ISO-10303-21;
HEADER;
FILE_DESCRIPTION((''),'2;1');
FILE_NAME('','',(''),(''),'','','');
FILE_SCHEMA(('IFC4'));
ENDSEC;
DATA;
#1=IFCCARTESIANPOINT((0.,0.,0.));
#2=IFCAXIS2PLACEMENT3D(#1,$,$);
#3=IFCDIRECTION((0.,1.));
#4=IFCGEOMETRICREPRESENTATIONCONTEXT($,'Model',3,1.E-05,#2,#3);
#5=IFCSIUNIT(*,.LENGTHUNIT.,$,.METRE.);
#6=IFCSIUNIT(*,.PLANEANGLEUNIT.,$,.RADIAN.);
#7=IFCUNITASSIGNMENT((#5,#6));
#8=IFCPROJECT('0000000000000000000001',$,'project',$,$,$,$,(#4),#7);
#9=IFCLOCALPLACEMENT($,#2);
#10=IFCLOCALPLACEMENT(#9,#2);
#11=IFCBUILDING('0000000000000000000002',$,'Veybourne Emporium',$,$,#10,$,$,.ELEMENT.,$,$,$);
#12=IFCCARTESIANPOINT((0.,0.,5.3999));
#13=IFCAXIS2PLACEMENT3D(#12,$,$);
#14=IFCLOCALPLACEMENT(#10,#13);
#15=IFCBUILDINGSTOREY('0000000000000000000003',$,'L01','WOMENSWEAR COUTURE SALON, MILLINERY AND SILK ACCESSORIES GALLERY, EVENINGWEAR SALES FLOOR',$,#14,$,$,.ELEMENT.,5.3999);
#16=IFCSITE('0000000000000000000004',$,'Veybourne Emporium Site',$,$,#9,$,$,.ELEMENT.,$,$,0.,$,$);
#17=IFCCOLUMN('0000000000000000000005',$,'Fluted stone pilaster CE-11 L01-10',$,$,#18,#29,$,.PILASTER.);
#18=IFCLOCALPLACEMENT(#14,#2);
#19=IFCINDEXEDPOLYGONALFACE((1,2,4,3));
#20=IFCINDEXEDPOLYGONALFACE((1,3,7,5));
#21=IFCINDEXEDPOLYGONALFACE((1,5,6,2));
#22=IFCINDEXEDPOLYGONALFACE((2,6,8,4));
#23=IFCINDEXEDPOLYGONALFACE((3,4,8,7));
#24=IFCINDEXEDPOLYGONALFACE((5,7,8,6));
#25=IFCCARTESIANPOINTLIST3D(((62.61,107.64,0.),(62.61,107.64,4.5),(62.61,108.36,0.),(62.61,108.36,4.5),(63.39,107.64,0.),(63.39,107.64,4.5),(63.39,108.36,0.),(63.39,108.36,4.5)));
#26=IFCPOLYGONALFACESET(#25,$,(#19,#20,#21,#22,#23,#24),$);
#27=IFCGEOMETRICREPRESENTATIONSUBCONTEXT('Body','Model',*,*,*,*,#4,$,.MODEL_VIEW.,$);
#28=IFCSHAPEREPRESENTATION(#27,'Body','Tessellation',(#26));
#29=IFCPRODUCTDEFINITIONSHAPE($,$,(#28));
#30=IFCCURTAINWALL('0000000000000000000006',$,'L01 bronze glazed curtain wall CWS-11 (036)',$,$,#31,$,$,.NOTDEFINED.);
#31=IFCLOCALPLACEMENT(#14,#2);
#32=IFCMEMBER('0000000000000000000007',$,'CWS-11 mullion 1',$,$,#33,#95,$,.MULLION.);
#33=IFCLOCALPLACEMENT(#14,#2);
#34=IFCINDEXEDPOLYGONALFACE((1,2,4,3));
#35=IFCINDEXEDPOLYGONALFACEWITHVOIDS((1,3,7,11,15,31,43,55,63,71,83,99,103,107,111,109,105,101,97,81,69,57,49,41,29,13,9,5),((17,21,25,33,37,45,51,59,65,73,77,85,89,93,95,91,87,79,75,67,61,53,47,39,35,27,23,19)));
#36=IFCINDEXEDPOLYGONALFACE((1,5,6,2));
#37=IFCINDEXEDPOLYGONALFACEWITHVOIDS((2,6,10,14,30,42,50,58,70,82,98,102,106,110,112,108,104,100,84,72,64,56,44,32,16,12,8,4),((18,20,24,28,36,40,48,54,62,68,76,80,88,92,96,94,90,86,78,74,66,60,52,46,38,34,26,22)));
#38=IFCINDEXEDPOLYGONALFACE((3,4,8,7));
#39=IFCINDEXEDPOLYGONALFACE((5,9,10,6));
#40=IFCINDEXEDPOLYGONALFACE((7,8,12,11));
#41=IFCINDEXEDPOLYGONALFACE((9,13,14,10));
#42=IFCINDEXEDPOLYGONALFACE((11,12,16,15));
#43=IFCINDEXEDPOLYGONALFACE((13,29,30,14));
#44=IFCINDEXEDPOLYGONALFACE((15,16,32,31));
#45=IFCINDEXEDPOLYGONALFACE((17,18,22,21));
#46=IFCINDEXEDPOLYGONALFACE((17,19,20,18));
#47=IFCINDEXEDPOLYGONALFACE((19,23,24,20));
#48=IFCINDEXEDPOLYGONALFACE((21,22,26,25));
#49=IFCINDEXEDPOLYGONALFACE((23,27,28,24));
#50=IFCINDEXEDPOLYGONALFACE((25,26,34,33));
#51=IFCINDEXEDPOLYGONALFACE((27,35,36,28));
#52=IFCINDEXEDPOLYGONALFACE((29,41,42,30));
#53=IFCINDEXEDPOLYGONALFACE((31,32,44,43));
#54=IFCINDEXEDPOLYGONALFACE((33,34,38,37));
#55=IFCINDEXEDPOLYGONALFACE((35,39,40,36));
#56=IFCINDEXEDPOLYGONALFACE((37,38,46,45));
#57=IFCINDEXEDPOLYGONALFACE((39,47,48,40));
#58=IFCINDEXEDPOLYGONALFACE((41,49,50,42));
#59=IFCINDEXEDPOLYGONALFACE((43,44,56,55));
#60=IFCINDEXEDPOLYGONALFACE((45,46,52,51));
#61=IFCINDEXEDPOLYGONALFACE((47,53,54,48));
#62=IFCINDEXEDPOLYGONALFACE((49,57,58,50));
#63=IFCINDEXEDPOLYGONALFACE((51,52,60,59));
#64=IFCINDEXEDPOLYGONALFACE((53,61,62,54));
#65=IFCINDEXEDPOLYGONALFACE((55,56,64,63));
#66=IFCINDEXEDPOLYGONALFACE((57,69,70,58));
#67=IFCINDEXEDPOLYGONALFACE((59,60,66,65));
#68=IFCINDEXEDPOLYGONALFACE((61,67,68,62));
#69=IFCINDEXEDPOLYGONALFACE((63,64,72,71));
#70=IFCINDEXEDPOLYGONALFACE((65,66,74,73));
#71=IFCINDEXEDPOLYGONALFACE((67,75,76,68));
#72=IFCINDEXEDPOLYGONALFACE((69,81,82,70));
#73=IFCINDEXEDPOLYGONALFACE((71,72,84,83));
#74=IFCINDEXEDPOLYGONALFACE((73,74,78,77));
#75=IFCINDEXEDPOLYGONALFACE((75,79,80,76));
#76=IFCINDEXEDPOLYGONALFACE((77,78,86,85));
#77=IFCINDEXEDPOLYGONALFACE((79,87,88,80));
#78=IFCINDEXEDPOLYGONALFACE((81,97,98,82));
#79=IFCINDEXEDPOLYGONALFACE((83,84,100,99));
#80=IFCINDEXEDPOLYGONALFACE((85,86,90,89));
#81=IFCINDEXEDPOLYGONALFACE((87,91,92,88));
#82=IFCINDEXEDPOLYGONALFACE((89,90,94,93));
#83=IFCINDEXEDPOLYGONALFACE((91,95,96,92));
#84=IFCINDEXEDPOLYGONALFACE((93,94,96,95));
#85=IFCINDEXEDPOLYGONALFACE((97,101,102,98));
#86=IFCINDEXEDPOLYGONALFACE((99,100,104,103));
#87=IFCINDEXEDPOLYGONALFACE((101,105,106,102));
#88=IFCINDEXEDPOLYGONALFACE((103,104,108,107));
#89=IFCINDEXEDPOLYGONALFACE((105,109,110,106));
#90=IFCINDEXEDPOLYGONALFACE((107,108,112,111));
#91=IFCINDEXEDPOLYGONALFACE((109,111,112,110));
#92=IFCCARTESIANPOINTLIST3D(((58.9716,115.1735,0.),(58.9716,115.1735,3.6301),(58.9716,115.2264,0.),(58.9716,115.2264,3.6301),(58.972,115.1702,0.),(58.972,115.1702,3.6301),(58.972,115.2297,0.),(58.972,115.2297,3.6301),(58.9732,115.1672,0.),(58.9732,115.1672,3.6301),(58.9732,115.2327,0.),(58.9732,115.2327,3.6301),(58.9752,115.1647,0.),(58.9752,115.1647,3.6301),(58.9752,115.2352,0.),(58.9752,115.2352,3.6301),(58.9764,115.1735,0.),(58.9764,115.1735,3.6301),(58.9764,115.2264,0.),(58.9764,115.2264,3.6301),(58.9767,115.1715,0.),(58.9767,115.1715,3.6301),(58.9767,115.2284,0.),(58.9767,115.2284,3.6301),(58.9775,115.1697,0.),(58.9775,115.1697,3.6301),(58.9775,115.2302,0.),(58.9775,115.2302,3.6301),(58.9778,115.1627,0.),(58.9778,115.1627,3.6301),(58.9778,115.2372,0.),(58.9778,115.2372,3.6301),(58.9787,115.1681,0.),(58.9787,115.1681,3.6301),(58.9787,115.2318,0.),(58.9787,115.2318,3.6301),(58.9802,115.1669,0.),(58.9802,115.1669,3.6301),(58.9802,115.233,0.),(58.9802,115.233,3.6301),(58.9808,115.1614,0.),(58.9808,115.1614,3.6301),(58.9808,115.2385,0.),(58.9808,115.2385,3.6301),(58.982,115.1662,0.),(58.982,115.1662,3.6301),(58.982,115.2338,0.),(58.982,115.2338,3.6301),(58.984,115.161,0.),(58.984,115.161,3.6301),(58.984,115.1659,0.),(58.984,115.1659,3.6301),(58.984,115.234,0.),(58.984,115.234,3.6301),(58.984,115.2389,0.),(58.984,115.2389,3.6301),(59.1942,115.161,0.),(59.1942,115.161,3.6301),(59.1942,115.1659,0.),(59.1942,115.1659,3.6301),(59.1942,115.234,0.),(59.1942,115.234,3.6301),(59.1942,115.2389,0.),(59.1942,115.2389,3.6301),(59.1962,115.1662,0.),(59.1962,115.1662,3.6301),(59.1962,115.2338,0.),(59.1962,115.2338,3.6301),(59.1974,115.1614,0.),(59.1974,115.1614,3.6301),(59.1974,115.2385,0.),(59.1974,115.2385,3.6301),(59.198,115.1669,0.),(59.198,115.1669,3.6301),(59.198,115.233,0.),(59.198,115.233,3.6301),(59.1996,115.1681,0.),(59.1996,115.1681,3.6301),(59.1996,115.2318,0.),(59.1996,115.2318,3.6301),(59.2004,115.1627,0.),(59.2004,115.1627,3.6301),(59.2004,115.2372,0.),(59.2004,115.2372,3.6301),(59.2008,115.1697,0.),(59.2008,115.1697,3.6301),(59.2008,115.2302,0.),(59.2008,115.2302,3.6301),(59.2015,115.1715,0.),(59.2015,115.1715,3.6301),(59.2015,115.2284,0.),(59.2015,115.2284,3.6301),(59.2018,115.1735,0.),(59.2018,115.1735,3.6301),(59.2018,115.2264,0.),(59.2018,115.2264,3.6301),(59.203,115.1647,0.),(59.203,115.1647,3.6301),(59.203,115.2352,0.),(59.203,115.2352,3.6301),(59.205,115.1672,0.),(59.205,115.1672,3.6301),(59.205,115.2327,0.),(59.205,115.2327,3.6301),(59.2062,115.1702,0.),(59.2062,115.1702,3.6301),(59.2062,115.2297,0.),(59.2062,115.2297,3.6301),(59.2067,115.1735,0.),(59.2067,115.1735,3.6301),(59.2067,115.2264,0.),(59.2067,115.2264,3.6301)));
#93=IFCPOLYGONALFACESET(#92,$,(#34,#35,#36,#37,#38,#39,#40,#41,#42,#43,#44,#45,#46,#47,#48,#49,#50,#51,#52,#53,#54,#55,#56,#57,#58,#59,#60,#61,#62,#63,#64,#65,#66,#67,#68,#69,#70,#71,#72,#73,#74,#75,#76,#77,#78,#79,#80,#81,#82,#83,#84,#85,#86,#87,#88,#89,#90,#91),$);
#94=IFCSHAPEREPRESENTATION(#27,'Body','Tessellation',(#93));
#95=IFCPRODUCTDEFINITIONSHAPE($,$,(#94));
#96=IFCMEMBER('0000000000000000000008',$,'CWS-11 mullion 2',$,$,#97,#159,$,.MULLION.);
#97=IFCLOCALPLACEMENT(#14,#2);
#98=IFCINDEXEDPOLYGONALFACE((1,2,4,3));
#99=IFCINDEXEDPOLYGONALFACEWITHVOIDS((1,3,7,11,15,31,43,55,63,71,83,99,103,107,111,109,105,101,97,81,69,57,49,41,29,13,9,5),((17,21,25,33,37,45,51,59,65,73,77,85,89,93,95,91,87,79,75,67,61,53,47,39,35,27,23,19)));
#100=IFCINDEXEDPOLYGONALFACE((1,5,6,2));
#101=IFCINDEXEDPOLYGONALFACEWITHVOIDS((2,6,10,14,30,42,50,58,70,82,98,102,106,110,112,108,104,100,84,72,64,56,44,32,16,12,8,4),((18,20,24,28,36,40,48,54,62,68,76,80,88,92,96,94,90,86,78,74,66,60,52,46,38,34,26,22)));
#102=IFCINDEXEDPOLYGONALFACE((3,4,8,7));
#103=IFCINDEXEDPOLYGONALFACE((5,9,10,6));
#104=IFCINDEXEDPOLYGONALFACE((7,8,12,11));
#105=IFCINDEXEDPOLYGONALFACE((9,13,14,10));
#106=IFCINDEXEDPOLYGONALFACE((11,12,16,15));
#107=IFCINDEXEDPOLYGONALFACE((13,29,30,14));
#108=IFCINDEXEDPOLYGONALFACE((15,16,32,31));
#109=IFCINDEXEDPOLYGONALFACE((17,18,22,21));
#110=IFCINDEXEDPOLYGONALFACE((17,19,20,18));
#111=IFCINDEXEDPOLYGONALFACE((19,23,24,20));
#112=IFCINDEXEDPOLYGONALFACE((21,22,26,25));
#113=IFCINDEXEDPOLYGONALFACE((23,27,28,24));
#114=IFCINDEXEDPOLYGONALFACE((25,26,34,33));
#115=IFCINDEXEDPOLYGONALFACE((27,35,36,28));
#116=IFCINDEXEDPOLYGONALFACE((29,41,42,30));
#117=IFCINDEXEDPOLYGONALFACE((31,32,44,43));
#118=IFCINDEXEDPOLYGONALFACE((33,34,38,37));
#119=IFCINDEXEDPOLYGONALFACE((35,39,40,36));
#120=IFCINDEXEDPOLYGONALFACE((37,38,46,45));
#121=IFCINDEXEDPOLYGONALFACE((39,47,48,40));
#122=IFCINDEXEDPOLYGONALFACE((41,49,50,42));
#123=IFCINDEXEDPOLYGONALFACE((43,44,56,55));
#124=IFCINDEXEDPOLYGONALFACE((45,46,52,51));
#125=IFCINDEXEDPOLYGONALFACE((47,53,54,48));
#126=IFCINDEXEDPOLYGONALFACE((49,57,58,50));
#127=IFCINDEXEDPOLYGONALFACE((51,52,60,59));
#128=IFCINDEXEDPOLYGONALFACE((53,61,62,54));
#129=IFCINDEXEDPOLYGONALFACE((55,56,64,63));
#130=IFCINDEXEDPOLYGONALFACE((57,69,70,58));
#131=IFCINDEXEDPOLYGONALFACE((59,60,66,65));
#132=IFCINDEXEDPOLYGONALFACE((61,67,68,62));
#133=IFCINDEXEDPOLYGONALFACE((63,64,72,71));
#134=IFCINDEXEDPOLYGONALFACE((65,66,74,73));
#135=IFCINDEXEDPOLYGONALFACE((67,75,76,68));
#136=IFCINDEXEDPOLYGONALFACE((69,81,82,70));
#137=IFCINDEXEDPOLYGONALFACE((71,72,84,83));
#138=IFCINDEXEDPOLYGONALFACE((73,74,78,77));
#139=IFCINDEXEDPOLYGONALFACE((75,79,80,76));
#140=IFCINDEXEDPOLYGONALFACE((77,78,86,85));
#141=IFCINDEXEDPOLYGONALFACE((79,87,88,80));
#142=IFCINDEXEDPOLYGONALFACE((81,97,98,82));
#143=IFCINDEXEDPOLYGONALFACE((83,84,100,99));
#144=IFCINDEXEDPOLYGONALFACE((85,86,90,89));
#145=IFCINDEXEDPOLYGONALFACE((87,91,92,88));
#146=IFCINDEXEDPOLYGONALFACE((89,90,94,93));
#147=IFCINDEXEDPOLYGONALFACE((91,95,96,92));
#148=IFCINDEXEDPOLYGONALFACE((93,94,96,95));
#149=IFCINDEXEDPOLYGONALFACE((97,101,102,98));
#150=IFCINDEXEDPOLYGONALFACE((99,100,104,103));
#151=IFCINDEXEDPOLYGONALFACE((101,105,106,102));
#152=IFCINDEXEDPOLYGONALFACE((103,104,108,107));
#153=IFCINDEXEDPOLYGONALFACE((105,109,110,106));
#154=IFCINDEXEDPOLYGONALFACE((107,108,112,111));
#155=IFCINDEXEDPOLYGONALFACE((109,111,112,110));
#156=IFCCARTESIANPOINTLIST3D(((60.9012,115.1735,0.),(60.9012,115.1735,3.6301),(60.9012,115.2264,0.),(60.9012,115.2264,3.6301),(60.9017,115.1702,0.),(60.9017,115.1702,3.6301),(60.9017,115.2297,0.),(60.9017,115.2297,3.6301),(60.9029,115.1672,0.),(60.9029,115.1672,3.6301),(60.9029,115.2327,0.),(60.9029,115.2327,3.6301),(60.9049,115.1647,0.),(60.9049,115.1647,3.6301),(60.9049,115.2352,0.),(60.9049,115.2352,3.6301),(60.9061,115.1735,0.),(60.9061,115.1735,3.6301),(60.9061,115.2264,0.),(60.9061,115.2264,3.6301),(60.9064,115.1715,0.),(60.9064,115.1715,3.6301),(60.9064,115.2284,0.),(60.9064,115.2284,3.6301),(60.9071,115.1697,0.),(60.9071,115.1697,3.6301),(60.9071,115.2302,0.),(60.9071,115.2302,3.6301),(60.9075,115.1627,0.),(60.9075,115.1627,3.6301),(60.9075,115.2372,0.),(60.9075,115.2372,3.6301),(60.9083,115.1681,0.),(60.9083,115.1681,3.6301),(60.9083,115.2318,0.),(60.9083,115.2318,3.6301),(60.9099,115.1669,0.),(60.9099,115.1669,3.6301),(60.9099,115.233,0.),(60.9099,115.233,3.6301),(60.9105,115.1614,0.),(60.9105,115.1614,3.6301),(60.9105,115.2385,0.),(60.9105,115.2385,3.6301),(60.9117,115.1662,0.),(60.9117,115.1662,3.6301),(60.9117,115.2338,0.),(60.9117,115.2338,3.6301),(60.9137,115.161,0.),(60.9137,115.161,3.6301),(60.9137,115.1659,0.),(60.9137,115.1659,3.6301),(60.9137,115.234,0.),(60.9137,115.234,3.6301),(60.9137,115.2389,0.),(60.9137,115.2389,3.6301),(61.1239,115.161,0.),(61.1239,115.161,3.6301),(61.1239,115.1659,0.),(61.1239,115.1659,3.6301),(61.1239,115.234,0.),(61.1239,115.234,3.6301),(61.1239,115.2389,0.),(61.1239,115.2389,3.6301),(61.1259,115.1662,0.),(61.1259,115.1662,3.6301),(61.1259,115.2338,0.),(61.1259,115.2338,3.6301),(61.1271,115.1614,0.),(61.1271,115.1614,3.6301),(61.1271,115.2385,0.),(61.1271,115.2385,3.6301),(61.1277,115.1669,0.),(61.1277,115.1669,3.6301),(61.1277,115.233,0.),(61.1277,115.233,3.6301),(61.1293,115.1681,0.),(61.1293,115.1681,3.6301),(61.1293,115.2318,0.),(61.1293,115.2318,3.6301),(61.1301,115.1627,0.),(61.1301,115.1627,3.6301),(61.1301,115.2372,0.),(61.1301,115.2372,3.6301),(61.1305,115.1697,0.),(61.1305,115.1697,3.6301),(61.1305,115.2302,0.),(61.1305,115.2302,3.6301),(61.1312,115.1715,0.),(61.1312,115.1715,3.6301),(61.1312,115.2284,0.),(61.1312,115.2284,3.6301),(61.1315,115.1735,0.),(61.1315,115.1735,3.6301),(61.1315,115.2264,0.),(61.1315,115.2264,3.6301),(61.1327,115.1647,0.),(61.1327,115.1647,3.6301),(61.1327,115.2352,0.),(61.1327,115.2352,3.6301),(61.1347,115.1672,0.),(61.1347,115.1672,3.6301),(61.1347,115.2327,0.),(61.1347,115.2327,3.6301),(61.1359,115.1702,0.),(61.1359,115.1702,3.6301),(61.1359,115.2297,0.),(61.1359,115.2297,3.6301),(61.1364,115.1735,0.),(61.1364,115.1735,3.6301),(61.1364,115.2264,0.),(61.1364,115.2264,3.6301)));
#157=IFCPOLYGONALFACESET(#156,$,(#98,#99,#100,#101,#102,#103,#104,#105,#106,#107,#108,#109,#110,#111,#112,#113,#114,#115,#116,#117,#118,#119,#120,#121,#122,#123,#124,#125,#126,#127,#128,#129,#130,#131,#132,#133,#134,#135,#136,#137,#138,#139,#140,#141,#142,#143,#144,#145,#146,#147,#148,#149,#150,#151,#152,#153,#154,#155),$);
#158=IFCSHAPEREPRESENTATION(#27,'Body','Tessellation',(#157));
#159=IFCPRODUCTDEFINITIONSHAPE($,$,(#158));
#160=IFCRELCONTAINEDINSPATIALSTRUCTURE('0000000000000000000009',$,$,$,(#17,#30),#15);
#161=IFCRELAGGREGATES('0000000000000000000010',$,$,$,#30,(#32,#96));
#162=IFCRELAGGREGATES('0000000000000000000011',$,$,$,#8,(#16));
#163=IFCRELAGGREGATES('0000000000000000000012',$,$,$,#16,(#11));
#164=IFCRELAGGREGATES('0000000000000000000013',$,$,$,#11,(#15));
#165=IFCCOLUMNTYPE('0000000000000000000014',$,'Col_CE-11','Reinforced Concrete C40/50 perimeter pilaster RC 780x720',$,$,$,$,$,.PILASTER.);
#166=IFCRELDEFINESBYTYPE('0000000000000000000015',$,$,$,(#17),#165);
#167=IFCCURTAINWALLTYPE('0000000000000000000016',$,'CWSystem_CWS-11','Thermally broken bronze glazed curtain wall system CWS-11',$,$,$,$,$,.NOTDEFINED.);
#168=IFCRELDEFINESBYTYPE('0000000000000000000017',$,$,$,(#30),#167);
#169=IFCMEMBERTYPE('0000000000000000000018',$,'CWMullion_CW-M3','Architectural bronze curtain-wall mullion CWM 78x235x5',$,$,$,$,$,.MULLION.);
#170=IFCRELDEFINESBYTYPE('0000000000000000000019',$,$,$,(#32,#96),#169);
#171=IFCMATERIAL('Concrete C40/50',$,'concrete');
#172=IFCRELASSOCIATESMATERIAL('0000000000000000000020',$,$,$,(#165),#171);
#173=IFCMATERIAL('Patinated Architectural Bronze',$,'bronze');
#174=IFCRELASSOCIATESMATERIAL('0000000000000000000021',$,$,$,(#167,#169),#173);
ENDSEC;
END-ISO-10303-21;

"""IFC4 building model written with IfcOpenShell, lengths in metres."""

from ifc_helpers import new_model, si_unit, direction, frame, origin, origin_2d, place, context, subcontext, project, spatial, rectangle, hollow_rectangle, extrude, material, material_profile, profile_set, type_object, element, aggregate, save


model = new_model("IFC4")

# Units and contexts
model_context = context("Model", 3, precision=1e-05, world=origin(), true_north=direction((0.0, 1.0)))
body_context = subcontext(model_context, "Body", "Model", "MODEL_VIEW")
ifc_project = project(units=[si_unit("LENGTHUNIT", "METRE"), si_unit("PLANEANGLEUNIT", "RADIAN")], contexts=[model_context])

# Site, building, storey
site_placement = place(None, origin())
site = spatial("IfcSite", under=ifc_project, at=site_placement, Name="Veybourne Emporium Site", CompositionType="ELEMENT", RefElevation=0.0)
building_placement = place(site_placement, origin())
building = spatial("IfcBuilding", under=site, at=building_placement, Name="Veybourne Emporium", CompositionType="ELEMENT")
storey_placement = place(building_placement, frame((0.0, 0.0, 5.3999)))
storey = spatial("IfcBuildingStorey", under=building, at=storey_placement, Name="L01", Description="WOMENSWEAR COUTURE SALON, MILLINERY AND SILK ACCESSORIES GALLERY, EVENINGWEAR SALES FLOOR", CompositionType="ELEMENT", Elevation=5.3999)

# Column
ifc_material_1 = material(Name="Concrete C40/50", Category="concrete")
ifc_material_profile_1 = material_profile(ifc_material_1, rectangle(XDim=0.78, YDim=0.72, at=origin_2d()), Name="RC 780x720")
ifc_profile_set_1 = profile_set([ifc_material_profile_1], Name="Concrete C40/50")
column_type = type_object("IfcColumnType", Name="Col_CE-11", Description="Reinforced Concrete C40/50 perimeter pilaster RC 780x720", PredefinedType="PILASTER", material=ifc_profile_set_1)
column_placement = place(storey_placement, frame((63.0, 108.0, 0.0), z_axis=(0.0, 0.0, 1.0), x_axis=(1.0, 0.0, 0.0)))
element("IfcColumn", 1, at=column_placement, inside=storey, type_object=column_type, Name="Fluted stone pilaster CE-11 L01-10", PredefinedType="PILASTER", context=body_context, shape_type="SweptSolid", body=[
    extrude(rectangle(XDim=0.78, YDim=0.72, at=origin_2d()), origin(), (0.0, 0.0, 1.0), 4.5),
])

# Curtain wall, members
ifc_material_2 = material(Name="Patinated Architectural Bronze", Category="bronze")
curtain_wall_type = type_object("IfcCurtainWallType", Name="CWSystem_CWS-11", Description="Thermally broken bronze glazed curtain wall system CWS-11", PredefinedType="NOTDEFINED", material=ifc_material_2)
curtain_wall_placement = place(storey_placement, origin())
curtain_wall = element("IfcCurtainWall", 2, at=curtain_wall_placement, inside=storey, type_object=curtain_wall_type, Name="L01 bronze glazed curtain wall CWS-11 (036)", PredefinedType="NOTDEFINED")
ifc_material_profile_2 = material_profile(ifc_material_2, hollow_rectangle(XDim=0.0779, YDim=0.2351, WallThickness=0.0049, InnerFilletRadius=0.0076, OuterFilletRadius=0.0125, at=origin_2d()), Name="CWM 78x235x5")
ifc_profile_set_2 = profile_set([ifc_material_profile_2], Name="Patinated Architectural Bronze")
member_type_1 = type_object("IfcMemberType", Name="CWMullion_CW-M3", Description="Architectural bronze curtain-wall mullion CWM 78x235x5", PredefinedType="MULLION", material=ifc_profile_set_2)
member_1_placement = place(storey_placement, frame((59.0891, 115.2, 0.0), z_axis=(0.0, 0.0, 1.0), x_axis=(0.0, 1.0, 0.0)))
member_1 = element("IfcMember", 3, at=member_1_placement, type_object=member_type_1, Name="CWS-11 mullion 1", PredefinedType="MULLION", context=body_context, shape_type="SweptSolid", body=[
    extrude(hollow_rectangle(XDim=0.0779, YDim=0.2351, WallThickness=0.0049, InnerFilletRadius=0.0076, OuterFilletRadius=0.0125, at=origin_2d()), origin(), (0.0, 0.0, 1.0), 3.6301),
])
member_2_placement = place(storey_placement, frame((61.0188, 115.2, 0.0), z_axis=(0.0, 0.0, 1.0), x_axis=(0.0, 1.0, 0.0)))
member_2 = element("IfcMember", 4, at=member_2_placement, type_object=member_type_1, Name="CWS-11 mullion 2", PredefinedType="MULLION", context=body_context, shape_type="SweptSolid", body=[
    extrude(hollow_rectangle(XDim=0.0779, YDim=0.2351, WallThickness=0.0049, InnerFilletRadius=0.0076, OuterFilletRadius=0.0125, at=origin_2d()), origin(), (0.0, 0.0, 1.0), 3.6301),
])

aggregate(curtain_wall, [member_1, member_2])

save(model, "model.ifc")
